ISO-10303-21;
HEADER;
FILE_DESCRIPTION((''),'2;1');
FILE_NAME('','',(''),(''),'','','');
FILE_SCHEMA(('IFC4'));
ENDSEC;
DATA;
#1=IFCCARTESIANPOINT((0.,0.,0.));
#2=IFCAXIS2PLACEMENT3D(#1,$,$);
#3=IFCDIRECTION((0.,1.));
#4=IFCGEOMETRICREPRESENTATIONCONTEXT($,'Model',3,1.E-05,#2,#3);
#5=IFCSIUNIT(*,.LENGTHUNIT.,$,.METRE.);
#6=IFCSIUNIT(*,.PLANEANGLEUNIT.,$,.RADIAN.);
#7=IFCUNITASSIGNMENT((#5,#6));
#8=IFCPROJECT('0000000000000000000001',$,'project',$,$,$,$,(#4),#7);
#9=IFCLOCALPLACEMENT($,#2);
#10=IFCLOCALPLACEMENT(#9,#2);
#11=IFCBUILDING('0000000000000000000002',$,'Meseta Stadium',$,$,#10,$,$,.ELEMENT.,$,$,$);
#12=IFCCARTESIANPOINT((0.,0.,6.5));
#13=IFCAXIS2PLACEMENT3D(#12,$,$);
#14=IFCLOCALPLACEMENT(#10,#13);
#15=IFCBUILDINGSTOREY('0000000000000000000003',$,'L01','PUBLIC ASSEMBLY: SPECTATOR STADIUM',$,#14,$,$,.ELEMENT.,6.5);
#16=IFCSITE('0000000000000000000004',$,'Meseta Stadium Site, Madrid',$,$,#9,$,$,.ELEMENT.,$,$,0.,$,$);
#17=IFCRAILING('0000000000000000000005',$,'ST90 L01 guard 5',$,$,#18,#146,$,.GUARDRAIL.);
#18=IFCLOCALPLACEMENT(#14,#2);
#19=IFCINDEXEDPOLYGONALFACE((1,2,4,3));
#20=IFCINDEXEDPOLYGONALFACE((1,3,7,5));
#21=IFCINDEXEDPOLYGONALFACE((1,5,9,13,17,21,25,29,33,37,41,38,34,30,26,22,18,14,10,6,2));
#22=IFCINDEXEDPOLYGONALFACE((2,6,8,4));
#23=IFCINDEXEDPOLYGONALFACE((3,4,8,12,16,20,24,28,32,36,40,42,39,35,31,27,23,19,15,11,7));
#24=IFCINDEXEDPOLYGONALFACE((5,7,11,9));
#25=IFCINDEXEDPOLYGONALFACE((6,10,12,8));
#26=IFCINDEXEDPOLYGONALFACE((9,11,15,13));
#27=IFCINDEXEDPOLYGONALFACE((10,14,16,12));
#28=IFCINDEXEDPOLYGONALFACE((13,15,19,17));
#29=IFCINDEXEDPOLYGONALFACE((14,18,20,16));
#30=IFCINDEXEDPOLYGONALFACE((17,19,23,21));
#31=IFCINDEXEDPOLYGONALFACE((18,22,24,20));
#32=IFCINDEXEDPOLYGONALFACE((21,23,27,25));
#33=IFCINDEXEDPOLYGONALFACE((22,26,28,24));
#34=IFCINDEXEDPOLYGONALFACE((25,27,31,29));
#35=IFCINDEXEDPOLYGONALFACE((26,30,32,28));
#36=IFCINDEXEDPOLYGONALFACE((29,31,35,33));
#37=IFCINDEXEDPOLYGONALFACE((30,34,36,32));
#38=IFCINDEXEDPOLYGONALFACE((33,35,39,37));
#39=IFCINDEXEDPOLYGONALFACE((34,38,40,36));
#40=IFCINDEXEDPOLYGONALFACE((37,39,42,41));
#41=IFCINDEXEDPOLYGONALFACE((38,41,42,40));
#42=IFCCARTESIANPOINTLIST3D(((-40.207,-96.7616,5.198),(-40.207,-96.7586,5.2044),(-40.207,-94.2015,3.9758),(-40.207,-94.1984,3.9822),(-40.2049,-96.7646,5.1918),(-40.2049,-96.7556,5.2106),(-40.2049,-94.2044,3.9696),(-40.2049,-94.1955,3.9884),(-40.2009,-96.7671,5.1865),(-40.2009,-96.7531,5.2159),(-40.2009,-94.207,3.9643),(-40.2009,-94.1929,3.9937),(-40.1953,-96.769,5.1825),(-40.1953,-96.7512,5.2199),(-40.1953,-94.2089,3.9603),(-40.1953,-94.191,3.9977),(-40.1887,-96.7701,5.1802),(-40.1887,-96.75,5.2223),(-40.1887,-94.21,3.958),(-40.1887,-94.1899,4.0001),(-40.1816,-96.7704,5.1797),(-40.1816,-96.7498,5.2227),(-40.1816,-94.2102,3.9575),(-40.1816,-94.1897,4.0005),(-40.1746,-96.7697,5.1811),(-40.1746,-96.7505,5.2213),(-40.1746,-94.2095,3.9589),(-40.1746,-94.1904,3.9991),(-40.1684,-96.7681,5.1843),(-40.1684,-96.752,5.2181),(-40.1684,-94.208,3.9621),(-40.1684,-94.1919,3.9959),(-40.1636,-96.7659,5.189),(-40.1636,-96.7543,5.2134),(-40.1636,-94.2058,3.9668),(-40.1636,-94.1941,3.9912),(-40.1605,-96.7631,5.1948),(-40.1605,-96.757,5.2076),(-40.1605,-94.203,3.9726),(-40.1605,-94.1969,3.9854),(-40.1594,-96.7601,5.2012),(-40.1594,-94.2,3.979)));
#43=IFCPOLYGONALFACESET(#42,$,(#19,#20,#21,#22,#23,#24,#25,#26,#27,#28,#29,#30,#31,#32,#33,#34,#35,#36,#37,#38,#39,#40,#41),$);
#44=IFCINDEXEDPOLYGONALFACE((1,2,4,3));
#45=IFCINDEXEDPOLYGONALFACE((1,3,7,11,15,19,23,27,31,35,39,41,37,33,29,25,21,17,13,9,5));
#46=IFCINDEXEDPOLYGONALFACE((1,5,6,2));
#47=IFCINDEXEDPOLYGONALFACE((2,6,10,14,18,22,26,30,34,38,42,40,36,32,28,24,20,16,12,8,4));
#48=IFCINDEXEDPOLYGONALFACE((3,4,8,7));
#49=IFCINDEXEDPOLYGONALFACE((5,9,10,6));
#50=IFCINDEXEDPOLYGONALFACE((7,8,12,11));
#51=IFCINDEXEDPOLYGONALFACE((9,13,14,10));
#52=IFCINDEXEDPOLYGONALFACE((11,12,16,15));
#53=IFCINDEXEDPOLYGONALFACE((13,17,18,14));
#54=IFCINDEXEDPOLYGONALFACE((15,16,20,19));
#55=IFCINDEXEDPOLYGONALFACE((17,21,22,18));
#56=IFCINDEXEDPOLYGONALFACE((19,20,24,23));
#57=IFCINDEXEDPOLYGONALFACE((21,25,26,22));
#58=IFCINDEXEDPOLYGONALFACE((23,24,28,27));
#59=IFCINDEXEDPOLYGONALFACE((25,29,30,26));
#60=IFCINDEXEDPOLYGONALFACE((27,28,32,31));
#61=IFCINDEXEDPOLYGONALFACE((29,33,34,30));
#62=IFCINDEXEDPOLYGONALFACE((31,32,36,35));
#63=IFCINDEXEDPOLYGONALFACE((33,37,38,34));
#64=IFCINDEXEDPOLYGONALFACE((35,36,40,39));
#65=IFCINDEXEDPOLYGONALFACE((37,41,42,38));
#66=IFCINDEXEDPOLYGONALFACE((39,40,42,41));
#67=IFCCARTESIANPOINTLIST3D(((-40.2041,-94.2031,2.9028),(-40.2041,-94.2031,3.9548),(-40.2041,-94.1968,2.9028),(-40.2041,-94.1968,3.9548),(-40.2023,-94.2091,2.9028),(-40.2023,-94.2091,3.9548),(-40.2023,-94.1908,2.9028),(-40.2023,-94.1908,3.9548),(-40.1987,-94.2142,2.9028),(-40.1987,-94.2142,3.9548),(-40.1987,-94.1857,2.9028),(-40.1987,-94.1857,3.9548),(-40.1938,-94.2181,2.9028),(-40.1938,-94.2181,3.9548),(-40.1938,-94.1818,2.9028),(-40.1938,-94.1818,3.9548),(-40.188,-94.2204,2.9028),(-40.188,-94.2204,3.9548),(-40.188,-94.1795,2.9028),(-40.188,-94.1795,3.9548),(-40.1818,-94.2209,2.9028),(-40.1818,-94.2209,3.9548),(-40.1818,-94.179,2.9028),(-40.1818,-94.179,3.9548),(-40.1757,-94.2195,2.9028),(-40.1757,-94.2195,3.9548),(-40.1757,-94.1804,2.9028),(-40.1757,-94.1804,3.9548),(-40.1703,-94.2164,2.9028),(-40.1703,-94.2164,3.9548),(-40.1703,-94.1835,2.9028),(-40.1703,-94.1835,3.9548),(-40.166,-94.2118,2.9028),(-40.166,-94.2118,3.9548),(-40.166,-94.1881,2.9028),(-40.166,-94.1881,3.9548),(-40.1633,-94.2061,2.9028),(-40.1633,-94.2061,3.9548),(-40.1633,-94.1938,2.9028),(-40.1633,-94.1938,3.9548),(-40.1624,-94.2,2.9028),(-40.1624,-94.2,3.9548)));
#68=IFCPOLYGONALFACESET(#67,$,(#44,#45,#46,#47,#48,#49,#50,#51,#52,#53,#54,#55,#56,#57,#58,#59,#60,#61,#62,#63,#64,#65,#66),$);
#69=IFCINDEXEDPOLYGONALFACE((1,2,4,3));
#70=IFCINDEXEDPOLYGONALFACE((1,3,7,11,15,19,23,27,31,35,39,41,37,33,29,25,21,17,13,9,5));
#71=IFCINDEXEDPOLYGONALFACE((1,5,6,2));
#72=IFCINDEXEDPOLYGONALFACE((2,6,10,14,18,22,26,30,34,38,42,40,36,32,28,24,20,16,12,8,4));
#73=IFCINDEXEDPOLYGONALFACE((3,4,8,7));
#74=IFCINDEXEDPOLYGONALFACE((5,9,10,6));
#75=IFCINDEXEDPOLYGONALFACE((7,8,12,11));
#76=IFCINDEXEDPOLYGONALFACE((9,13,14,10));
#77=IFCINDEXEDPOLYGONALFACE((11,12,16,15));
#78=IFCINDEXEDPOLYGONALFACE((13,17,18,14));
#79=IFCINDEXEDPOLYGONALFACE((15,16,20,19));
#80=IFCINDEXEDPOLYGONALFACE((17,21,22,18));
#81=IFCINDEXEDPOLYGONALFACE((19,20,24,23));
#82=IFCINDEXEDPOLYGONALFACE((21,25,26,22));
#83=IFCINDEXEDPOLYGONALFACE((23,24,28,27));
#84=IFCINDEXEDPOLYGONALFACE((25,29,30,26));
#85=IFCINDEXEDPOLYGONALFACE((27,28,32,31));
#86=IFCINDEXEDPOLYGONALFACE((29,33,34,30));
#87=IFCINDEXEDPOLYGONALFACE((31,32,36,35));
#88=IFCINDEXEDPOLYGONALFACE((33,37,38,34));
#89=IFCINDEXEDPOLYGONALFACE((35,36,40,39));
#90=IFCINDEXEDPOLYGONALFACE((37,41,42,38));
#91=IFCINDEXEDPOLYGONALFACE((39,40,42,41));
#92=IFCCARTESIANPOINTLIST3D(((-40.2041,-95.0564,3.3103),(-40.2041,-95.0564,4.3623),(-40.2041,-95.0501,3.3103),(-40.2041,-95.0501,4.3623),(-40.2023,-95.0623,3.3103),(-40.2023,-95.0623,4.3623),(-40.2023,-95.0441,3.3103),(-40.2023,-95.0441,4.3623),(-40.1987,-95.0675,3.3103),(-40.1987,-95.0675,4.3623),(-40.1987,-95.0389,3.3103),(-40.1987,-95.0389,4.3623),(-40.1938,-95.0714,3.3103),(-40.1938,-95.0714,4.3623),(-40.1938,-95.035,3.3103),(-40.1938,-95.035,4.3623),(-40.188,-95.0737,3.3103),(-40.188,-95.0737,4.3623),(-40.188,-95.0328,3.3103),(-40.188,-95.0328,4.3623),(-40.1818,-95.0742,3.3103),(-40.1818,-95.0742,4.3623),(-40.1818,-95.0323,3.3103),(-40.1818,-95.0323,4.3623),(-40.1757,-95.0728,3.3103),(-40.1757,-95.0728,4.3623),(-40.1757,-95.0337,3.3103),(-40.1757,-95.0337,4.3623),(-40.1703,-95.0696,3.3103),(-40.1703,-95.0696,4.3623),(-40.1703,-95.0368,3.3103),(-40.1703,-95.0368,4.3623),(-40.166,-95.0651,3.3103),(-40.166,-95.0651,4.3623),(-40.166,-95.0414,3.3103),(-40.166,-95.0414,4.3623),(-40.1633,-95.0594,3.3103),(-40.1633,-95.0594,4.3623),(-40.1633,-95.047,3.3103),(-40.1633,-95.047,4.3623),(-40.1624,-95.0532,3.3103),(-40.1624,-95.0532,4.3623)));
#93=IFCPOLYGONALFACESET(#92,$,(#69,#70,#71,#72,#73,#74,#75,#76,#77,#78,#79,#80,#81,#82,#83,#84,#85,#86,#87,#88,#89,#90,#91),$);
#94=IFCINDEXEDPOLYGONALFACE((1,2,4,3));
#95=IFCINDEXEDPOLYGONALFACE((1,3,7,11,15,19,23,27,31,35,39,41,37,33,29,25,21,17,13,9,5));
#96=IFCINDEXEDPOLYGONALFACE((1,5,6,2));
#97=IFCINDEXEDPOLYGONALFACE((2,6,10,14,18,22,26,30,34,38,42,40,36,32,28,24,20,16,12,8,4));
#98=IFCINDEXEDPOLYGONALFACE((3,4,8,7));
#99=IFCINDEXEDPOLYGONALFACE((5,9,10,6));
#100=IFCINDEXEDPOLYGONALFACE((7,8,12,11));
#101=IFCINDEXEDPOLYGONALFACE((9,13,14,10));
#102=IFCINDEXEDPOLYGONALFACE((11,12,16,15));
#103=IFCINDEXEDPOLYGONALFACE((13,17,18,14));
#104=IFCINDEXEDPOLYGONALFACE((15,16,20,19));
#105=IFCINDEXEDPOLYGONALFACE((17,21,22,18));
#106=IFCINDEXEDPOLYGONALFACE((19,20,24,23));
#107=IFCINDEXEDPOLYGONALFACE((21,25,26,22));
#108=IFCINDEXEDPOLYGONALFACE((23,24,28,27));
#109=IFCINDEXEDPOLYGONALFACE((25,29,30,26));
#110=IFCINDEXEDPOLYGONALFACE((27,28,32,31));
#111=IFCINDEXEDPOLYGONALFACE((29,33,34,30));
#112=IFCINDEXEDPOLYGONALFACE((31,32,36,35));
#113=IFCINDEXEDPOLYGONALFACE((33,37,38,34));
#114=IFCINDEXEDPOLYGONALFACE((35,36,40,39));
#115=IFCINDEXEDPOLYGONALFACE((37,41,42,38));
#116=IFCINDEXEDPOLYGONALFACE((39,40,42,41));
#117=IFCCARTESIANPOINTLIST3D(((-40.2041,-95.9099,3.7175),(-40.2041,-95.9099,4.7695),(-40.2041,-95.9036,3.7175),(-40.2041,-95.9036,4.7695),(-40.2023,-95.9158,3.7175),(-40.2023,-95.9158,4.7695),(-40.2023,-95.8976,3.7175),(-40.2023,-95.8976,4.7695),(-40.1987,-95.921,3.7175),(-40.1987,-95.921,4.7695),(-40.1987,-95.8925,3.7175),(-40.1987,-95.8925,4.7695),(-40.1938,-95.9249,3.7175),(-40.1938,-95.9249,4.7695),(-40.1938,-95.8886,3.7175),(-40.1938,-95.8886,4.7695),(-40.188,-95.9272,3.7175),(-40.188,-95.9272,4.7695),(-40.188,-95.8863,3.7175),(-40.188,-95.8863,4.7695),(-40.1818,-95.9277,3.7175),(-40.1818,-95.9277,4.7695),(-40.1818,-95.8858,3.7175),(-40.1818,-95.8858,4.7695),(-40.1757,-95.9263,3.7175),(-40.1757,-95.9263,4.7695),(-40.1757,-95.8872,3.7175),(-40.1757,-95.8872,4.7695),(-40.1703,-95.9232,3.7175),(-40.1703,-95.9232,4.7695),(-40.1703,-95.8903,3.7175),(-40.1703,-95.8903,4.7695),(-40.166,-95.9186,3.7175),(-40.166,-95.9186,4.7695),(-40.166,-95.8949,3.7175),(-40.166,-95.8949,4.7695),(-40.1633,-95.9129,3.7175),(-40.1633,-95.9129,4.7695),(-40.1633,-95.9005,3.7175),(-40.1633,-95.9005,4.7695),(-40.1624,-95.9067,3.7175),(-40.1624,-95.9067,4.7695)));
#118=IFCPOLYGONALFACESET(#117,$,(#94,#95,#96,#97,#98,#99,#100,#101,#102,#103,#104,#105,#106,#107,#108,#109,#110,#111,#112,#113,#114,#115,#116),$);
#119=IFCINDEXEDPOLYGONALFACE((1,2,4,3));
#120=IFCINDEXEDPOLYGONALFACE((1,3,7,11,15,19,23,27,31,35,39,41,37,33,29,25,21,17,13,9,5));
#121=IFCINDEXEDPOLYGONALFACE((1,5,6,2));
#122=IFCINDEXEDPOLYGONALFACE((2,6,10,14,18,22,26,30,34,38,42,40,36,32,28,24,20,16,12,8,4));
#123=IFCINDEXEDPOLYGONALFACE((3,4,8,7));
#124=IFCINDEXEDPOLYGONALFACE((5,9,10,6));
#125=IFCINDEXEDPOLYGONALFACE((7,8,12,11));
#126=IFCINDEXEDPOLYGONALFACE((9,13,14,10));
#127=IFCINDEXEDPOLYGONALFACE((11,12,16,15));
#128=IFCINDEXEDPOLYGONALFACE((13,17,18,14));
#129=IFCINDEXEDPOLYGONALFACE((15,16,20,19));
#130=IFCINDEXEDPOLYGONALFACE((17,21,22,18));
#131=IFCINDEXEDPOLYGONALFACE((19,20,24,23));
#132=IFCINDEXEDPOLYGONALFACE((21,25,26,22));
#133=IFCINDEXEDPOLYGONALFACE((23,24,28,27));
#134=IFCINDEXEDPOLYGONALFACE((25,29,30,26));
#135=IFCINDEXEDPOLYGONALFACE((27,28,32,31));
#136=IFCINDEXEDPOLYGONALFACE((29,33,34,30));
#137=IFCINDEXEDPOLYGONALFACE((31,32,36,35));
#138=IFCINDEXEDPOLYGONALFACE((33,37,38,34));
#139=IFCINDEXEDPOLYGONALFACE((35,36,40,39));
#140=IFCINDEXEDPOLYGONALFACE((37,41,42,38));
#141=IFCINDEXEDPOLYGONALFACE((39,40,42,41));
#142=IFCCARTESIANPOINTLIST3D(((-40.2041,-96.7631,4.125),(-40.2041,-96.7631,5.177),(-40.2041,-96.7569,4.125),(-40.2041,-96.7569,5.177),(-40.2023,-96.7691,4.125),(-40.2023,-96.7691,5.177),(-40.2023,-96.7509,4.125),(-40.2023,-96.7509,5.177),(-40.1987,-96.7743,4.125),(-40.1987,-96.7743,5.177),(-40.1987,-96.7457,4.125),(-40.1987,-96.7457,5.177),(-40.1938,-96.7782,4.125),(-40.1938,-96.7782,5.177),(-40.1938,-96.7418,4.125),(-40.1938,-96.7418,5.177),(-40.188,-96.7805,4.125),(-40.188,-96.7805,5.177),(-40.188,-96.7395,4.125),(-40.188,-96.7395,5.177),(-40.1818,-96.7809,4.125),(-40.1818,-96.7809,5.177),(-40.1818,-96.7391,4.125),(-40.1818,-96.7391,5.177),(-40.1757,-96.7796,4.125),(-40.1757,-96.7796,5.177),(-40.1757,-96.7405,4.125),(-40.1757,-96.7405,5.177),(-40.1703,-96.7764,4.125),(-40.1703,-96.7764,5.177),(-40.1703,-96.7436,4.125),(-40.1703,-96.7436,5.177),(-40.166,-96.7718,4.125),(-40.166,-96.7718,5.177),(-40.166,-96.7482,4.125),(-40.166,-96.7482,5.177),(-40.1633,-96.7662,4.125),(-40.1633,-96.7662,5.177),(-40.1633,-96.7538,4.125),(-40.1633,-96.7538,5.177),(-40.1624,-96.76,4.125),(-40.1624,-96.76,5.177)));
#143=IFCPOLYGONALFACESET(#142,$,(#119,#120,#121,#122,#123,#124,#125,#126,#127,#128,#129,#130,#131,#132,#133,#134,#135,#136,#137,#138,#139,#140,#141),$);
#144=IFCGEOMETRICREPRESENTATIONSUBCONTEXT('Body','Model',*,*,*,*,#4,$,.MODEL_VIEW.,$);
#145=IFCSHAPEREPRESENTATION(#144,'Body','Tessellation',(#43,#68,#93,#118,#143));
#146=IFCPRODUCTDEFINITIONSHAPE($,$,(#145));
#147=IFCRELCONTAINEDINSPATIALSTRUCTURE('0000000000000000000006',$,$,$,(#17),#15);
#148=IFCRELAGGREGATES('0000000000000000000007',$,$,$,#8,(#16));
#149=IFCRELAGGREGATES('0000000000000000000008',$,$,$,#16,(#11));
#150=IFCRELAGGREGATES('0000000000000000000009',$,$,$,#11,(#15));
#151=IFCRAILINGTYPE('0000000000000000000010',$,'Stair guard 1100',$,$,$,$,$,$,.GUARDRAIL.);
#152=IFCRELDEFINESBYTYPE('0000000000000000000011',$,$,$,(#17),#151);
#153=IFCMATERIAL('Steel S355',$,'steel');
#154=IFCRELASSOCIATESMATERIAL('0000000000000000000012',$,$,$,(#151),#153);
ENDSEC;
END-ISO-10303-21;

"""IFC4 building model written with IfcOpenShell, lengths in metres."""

from ifc_helpers import new_model, si_unit, direction, frame, origin, origin_2d, place, context, subcontext, project, spatial, circle, extrude, material, type_object, element, save


model = new_model("IFC4")

# Units and contexts
model_context = context("Model", 3, precision=1e-05, world=origin(), true_north=direction((0.0, 1.0)))
body_context = subcontext(model_context, "Body", "Model", "MODEL_VIEW")
ifc_project = project(units=[si_unit("LENGTHUNIT", "METRE"), si_unit("PLANEANGLEUNIT", "RADIAN")], contexts=[model_context])

# Site, building, storey
site_placement = place(None, origin())
site = spatial("IfcSite", under=ifc_project, at=site_placement, Name="Meseta Stadium Site, Madrid", CompositionType="ELEMENT", RefElevation=0.0)
building_placement = place(site_placement, origin())
building = spatial("IfcBuilding", under=site, at=building_placement, Name="Meseta Stadium", CompositionType="ELEMENT")
storey_placement = place(building_placement, frame((0.0, 0.0, 6.5)))
storey = spatial("IfcBuildingStorey", under=building, at=storey_placement, Name="L01", Description="PUBLIC ASSEMBLY: SPECTATOR STADIUM", CompositionType="ELEMENT", Elevation=6.5)

# Railing
ifc_material_1 = material(Name="Steel S355", Category="steel")
railing_type_1 = type_object("IfcRailingType", Name="Stair guard 1100", PredefinedType="GUARDRAIL", material=ifc_material_1)
railing_1_placement = place(storey_placement, frame((-40.1833, -94.2, 2.9028)))
element("IfcRailing", 1, at=railing_1_placement, inside=storey, type_object=railing_type_1, Name="ST90 L01 guard 5", PredefinedType="GUARDRAIL", context=body_context, shape_type="SweptSolid", body=[
    extrude(circle(Radius=0.0239, at=origin_2d()), frame((0.0, 0.0, 1.0762), z_axis=(0.0, -0.902437, 0.430822), x_axis=(1.0, 0.0, 0.0)), (0.0, 0.0, 1.0), 2.8369),
    extrude(circle(Radius=0.021, at=origin_2d()), origin(), (0.0, 0.0, 1.0), 1.052),
    extrude(circle(Radius=0.021, at=origin_2d()), frame((0.0, -0.8533, 0.4075)), (0.0, 0.0, 1.0), 1.052),
    extrude(circle(Radius=0.021, at=origin_2d()), frame((0.0, -1.7068, 0.8147)), (0.0, 0.0, 1.0), 1.052),
    extrude(circle(Radius=0.021, at=origin_2d()), frame((0.0, -2.5601, 1.2222)), (0.0, 0.0, 1.0), 1.052),
])

save(model, "model.ifc")
